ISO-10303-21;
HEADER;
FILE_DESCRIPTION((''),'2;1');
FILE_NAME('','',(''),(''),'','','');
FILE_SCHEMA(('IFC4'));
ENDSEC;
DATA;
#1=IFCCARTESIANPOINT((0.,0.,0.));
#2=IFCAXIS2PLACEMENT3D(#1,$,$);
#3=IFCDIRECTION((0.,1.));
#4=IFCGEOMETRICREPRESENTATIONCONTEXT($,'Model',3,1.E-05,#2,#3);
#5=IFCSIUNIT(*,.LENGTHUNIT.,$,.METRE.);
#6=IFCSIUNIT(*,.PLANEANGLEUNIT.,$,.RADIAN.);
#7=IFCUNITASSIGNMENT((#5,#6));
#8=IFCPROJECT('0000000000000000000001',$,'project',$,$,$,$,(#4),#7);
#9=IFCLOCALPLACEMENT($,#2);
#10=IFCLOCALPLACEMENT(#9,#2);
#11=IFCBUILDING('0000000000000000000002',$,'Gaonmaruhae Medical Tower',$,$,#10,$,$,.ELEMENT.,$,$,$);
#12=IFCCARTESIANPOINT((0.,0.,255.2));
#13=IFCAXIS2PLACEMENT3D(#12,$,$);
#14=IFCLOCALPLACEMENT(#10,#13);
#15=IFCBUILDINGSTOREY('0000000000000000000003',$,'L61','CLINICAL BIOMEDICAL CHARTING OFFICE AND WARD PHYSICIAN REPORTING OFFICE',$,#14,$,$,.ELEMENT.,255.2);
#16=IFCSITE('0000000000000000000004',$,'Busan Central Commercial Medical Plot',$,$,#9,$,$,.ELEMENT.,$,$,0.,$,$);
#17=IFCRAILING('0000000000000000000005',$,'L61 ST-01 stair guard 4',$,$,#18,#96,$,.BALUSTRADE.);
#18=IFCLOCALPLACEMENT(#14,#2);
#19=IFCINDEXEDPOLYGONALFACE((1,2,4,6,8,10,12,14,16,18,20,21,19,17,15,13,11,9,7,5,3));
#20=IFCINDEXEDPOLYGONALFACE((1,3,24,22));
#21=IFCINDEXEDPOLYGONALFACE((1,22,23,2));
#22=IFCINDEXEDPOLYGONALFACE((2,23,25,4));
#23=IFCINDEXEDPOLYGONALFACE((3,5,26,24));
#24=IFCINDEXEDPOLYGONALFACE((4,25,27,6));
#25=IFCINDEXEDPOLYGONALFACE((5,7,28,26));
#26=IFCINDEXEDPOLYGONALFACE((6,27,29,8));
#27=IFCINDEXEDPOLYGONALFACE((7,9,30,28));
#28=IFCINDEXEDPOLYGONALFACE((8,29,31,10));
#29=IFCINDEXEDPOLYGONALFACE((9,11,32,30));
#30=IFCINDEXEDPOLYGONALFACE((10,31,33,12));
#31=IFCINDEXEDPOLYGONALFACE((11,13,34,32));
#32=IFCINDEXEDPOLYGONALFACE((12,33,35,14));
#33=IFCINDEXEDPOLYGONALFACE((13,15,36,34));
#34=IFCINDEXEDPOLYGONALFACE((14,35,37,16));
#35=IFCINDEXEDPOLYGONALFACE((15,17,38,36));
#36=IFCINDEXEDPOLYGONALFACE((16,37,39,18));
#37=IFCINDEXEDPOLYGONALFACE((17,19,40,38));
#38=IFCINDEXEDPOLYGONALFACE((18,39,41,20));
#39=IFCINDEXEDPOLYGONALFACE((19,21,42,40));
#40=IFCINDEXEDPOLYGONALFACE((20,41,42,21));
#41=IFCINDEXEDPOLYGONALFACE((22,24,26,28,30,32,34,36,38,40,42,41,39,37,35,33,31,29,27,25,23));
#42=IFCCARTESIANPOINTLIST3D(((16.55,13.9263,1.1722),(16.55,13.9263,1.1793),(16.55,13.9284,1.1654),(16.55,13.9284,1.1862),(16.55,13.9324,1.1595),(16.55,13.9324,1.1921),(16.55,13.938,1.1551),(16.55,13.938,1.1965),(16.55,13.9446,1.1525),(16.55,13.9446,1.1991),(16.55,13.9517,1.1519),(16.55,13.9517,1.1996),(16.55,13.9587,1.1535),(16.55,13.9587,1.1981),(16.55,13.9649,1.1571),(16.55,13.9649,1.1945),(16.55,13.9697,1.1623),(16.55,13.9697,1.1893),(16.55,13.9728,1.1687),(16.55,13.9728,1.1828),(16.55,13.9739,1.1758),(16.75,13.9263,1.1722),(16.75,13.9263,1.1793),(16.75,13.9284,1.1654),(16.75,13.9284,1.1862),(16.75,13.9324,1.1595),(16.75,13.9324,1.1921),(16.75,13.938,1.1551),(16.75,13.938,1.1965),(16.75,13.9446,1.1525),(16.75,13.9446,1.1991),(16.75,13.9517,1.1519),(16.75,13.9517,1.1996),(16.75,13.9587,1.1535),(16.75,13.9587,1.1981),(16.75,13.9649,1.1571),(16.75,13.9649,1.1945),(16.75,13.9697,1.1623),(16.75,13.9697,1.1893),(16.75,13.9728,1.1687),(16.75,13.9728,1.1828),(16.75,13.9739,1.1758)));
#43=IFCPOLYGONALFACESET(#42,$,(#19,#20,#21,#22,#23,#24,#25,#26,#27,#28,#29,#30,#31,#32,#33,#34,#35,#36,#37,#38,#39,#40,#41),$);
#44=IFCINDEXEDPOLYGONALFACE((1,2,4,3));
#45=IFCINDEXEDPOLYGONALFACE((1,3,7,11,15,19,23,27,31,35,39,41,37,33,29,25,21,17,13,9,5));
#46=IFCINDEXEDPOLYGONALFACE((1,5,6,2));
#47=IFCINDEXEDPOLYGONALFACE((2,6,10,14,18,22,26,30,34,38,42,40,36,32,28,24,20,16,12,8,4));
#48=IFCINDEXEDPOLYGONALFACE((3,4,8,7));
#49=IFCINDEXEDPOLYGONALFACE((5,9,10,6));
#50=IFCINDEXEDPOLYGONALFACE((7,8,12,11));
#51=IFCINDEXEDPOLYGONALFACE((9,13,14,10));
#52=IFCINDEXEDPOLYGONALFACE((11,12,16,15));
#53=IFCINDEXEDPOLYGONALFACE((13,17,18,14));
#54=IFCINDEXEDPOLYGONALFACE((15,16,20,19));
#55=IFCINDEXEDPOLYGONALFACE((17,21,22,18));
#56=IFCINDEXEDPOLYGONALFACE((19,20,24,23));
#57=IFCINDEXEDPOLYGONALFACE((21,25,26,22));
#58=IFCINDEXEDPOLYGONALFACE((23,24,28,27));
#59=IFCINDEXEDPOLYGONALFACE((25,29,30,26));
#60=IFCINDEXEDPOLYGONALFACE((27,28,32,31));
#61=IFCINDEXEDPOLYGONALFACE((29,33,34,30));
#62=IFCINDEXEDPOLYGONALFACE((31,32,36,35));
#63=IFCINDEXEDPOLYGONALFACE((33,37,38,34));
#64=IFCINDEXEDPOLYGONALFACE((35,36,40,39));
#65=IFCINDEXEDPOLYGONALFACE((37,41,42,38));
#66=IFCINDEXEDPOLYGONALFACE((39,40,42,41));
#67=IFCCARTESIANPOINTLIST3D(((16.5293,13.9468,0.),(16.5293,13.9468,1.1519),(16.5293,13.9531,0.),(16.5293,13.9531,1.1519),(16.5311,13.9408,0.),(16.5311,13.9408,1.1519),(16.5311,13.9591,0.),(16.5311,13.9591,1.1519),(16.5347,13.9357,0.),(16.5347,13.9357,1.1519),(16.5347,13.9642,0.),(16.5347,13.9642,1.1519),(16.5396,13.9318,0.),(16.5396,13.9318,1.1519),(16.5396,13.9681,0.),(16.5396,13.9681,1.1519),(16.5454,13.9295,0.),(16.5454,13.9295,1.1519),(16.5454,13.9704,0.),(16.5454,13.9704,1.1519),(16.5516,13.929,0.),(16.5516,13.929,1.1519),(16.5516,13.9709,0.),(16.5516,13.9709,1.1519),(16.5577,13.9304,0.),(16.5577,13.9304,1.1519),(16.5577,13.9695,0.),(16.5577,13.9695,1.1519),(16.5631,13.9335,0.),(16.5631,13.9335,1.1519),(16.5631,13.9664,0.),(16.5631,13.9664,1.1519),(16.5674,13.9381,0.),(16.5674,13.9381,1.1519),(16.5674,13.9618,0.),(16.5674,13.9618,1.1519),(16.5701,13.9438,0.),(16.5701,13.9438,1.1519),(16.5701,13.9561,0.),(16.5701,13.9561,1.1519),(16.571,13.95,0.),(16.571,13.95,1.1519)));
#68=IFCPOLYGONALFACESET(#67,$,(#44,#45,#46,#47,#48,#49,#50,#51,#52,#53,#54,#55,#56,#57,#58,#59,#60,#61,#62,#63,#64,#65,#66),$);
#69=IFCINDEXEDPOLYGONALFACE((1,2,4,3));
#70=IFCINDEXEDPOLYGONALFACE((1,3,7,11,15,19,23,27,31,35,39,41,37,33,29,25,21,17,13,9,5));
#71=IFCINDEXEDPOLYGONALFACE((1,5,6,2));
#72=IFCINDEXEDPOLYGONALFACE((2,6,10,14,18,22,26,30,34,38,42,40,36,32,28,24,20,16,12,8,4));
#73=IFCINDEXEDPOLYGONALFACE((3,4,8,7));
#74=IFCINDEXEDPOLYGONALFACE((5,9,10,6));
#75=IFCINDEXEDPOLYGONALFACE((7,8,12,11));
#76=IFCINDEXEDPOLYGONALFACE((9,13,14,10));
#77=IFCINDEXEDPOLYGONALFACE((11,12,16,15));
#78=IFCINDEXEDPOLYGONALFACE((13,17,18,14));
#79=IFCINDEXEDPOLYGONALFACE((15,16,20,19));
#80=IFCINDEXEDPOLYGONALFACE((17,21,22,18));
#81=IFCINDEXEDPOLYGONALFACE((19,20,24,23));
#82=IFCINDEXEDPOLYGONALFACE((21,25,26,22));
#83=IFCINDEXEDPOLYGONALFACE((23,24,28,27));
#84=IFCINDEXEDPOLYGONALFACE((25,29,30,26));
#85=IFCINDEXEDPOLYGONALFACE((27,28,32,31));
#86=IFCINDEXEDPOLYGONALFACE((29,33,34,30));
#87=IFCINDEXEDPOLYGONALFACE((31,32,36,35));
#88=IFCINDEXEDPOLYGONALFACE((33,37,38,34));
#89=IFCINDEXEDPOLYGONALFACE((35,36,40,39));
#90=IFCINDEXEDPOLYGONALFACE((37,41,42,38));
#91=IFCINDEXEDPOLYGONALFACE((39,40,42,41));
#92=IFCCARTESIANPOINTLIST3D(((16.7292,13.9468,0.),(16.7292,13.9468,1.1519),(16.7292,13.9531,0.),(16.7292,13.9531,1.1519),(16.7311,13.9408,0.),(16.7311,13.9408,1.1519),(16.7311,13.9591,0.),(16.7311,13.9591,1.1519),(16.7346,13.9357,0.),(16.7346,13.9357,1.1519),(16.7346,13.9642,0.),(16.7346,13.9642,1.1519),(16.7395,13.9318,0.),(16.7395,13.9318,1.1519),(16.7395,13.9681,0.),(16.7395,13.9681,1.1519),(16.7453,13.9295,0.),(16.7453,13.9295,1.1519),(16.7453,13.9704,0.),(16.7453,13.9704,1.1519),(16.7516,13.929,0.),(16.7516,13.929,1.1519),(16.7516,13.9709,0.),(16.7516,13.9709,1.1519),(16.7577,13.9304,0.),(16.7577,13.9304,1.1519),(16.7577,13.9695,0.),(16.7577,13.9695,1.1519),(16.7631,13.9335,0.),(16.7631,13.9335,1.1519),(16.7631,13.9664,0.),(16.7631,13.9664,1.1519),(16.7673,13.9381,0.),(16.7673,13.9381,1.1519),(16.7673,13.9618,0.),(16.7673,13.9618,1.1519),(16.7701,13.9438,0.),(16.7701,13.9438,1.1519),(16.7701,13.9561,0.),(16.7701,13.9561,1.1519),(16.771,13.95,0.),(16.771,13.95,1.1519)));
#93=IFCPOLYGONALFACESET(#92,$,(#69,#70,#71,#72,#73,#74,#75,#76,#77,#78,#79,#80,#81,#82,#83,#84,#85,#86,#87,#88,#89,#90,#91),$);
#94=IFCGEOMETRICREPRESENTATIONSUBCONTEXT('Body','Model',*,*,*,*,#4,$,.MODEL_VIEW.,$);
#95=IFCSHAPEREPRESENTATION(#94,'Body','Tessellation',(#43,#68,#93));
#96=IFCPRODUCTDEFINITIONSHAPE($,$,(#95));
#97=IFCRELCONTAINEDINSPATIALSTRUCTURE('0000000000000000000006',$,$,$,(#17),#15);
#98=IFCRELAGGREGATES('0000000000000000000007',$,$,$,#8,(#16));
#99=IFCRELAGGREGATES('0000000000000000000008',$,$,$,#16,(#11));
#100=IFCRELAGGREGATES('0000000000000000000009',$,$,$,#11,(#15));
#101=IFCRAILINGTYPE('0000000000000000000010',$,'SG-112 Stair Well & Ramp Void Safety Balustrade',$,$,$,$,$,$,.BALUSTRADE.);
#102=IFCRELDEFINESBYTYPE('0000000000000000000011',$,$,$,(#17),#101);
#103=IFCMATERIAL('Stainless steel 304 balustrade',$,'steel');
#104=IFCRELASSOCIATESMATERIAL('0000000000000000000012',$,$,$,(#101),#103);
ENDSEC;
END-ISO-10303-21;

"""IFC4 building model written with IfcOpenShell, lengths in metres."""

from ifc_helpers import new_model, si_unit, direction, frame, origin, origin_2d, place, context, subcontext, project, spatial, circle, extrude, material, type_object, element, save


model = new_model("IFC4")

# Units and contexts
model_context = context("Model", 3, precision=1e-05, world=origin(), true_north=direction((0.0, 1.0)))
body_context = subcontext(model_context, "Body", "Model", "MODEL_VIEW")
ifc_project = project(units=[si_unit("LENGTHUNIT", "METRE"), si_unit("PLANEANGLEUNIT", "RADIAN")], contexts=[model_context])

# Site, building, storey
site_placement = place(None, origin())
site = spatial("IfcSite", under=ifc_project, at=site_placement, Name="Busan Central Commercial Medical Plot", CompositionType="ELEMENT", RefElevation=0.0)
building_placement = place(site_placement, origin())
building = spatial("IfcBuilding", under=site, at=building_placement, Name="Gaonmaruhae Medical Tower", CompositionType="ELEMENT")
storey_placement = place(building_placement, frame((0.0, 0.0, 255.2)))
storey = spatial("IfcBuildingStorey", under=building, at=storey_placement, Name="L61", Description="CLINICAL BIOMEDICAL CHARTING OFFICE AND WARD PHYSICIAN REPORTING OFFICE", CompositionType="ELEMENT", Elevation=255.2)

# Railing
ifc_material_1 = material(Name="Stainless steel 304 balustrade", Category="steel")
railing_type_1 = type_object("IfcRailingType", Name="SG-112 Stair Well & Ramp Void Safety Balustrade", PredefinedType="BALUSTRADE", material=ifc_material_1)
railing_1_placement = place(storey_placement, frame((16.55, 13.95, 0.0)))
element("IfcRailing", 1, at=railing_1_placement, inside=storey, type_object=railing_type_1, Name="L61 ST-01 stair guard 4", PredefinedType="BALUSTRADE", context=body_context, shape_type="SweptSolid", body=[
    extrude(circle(Radius=0.0239, at=origin_2d()), frame((0.0, 0.0, 1.1758), z_axis=(1.0, 0.0, 0.0), x_axis=(0.0, 1.0, 0.0)), (0.0, 0.0, 1.0), 0.2),
    extrude(circle(Radius=0.021, at=origin_2d()), origin(), (0.0, 0.0, 1.0), 1.1519),
    extrude(circle(Radius=0.021, at=origin_2d()), frame((0.2, 0.0, 0.0)), (0.0, 0.0, 1.0), 1.1519),
])

save(model, "model.ifc")
